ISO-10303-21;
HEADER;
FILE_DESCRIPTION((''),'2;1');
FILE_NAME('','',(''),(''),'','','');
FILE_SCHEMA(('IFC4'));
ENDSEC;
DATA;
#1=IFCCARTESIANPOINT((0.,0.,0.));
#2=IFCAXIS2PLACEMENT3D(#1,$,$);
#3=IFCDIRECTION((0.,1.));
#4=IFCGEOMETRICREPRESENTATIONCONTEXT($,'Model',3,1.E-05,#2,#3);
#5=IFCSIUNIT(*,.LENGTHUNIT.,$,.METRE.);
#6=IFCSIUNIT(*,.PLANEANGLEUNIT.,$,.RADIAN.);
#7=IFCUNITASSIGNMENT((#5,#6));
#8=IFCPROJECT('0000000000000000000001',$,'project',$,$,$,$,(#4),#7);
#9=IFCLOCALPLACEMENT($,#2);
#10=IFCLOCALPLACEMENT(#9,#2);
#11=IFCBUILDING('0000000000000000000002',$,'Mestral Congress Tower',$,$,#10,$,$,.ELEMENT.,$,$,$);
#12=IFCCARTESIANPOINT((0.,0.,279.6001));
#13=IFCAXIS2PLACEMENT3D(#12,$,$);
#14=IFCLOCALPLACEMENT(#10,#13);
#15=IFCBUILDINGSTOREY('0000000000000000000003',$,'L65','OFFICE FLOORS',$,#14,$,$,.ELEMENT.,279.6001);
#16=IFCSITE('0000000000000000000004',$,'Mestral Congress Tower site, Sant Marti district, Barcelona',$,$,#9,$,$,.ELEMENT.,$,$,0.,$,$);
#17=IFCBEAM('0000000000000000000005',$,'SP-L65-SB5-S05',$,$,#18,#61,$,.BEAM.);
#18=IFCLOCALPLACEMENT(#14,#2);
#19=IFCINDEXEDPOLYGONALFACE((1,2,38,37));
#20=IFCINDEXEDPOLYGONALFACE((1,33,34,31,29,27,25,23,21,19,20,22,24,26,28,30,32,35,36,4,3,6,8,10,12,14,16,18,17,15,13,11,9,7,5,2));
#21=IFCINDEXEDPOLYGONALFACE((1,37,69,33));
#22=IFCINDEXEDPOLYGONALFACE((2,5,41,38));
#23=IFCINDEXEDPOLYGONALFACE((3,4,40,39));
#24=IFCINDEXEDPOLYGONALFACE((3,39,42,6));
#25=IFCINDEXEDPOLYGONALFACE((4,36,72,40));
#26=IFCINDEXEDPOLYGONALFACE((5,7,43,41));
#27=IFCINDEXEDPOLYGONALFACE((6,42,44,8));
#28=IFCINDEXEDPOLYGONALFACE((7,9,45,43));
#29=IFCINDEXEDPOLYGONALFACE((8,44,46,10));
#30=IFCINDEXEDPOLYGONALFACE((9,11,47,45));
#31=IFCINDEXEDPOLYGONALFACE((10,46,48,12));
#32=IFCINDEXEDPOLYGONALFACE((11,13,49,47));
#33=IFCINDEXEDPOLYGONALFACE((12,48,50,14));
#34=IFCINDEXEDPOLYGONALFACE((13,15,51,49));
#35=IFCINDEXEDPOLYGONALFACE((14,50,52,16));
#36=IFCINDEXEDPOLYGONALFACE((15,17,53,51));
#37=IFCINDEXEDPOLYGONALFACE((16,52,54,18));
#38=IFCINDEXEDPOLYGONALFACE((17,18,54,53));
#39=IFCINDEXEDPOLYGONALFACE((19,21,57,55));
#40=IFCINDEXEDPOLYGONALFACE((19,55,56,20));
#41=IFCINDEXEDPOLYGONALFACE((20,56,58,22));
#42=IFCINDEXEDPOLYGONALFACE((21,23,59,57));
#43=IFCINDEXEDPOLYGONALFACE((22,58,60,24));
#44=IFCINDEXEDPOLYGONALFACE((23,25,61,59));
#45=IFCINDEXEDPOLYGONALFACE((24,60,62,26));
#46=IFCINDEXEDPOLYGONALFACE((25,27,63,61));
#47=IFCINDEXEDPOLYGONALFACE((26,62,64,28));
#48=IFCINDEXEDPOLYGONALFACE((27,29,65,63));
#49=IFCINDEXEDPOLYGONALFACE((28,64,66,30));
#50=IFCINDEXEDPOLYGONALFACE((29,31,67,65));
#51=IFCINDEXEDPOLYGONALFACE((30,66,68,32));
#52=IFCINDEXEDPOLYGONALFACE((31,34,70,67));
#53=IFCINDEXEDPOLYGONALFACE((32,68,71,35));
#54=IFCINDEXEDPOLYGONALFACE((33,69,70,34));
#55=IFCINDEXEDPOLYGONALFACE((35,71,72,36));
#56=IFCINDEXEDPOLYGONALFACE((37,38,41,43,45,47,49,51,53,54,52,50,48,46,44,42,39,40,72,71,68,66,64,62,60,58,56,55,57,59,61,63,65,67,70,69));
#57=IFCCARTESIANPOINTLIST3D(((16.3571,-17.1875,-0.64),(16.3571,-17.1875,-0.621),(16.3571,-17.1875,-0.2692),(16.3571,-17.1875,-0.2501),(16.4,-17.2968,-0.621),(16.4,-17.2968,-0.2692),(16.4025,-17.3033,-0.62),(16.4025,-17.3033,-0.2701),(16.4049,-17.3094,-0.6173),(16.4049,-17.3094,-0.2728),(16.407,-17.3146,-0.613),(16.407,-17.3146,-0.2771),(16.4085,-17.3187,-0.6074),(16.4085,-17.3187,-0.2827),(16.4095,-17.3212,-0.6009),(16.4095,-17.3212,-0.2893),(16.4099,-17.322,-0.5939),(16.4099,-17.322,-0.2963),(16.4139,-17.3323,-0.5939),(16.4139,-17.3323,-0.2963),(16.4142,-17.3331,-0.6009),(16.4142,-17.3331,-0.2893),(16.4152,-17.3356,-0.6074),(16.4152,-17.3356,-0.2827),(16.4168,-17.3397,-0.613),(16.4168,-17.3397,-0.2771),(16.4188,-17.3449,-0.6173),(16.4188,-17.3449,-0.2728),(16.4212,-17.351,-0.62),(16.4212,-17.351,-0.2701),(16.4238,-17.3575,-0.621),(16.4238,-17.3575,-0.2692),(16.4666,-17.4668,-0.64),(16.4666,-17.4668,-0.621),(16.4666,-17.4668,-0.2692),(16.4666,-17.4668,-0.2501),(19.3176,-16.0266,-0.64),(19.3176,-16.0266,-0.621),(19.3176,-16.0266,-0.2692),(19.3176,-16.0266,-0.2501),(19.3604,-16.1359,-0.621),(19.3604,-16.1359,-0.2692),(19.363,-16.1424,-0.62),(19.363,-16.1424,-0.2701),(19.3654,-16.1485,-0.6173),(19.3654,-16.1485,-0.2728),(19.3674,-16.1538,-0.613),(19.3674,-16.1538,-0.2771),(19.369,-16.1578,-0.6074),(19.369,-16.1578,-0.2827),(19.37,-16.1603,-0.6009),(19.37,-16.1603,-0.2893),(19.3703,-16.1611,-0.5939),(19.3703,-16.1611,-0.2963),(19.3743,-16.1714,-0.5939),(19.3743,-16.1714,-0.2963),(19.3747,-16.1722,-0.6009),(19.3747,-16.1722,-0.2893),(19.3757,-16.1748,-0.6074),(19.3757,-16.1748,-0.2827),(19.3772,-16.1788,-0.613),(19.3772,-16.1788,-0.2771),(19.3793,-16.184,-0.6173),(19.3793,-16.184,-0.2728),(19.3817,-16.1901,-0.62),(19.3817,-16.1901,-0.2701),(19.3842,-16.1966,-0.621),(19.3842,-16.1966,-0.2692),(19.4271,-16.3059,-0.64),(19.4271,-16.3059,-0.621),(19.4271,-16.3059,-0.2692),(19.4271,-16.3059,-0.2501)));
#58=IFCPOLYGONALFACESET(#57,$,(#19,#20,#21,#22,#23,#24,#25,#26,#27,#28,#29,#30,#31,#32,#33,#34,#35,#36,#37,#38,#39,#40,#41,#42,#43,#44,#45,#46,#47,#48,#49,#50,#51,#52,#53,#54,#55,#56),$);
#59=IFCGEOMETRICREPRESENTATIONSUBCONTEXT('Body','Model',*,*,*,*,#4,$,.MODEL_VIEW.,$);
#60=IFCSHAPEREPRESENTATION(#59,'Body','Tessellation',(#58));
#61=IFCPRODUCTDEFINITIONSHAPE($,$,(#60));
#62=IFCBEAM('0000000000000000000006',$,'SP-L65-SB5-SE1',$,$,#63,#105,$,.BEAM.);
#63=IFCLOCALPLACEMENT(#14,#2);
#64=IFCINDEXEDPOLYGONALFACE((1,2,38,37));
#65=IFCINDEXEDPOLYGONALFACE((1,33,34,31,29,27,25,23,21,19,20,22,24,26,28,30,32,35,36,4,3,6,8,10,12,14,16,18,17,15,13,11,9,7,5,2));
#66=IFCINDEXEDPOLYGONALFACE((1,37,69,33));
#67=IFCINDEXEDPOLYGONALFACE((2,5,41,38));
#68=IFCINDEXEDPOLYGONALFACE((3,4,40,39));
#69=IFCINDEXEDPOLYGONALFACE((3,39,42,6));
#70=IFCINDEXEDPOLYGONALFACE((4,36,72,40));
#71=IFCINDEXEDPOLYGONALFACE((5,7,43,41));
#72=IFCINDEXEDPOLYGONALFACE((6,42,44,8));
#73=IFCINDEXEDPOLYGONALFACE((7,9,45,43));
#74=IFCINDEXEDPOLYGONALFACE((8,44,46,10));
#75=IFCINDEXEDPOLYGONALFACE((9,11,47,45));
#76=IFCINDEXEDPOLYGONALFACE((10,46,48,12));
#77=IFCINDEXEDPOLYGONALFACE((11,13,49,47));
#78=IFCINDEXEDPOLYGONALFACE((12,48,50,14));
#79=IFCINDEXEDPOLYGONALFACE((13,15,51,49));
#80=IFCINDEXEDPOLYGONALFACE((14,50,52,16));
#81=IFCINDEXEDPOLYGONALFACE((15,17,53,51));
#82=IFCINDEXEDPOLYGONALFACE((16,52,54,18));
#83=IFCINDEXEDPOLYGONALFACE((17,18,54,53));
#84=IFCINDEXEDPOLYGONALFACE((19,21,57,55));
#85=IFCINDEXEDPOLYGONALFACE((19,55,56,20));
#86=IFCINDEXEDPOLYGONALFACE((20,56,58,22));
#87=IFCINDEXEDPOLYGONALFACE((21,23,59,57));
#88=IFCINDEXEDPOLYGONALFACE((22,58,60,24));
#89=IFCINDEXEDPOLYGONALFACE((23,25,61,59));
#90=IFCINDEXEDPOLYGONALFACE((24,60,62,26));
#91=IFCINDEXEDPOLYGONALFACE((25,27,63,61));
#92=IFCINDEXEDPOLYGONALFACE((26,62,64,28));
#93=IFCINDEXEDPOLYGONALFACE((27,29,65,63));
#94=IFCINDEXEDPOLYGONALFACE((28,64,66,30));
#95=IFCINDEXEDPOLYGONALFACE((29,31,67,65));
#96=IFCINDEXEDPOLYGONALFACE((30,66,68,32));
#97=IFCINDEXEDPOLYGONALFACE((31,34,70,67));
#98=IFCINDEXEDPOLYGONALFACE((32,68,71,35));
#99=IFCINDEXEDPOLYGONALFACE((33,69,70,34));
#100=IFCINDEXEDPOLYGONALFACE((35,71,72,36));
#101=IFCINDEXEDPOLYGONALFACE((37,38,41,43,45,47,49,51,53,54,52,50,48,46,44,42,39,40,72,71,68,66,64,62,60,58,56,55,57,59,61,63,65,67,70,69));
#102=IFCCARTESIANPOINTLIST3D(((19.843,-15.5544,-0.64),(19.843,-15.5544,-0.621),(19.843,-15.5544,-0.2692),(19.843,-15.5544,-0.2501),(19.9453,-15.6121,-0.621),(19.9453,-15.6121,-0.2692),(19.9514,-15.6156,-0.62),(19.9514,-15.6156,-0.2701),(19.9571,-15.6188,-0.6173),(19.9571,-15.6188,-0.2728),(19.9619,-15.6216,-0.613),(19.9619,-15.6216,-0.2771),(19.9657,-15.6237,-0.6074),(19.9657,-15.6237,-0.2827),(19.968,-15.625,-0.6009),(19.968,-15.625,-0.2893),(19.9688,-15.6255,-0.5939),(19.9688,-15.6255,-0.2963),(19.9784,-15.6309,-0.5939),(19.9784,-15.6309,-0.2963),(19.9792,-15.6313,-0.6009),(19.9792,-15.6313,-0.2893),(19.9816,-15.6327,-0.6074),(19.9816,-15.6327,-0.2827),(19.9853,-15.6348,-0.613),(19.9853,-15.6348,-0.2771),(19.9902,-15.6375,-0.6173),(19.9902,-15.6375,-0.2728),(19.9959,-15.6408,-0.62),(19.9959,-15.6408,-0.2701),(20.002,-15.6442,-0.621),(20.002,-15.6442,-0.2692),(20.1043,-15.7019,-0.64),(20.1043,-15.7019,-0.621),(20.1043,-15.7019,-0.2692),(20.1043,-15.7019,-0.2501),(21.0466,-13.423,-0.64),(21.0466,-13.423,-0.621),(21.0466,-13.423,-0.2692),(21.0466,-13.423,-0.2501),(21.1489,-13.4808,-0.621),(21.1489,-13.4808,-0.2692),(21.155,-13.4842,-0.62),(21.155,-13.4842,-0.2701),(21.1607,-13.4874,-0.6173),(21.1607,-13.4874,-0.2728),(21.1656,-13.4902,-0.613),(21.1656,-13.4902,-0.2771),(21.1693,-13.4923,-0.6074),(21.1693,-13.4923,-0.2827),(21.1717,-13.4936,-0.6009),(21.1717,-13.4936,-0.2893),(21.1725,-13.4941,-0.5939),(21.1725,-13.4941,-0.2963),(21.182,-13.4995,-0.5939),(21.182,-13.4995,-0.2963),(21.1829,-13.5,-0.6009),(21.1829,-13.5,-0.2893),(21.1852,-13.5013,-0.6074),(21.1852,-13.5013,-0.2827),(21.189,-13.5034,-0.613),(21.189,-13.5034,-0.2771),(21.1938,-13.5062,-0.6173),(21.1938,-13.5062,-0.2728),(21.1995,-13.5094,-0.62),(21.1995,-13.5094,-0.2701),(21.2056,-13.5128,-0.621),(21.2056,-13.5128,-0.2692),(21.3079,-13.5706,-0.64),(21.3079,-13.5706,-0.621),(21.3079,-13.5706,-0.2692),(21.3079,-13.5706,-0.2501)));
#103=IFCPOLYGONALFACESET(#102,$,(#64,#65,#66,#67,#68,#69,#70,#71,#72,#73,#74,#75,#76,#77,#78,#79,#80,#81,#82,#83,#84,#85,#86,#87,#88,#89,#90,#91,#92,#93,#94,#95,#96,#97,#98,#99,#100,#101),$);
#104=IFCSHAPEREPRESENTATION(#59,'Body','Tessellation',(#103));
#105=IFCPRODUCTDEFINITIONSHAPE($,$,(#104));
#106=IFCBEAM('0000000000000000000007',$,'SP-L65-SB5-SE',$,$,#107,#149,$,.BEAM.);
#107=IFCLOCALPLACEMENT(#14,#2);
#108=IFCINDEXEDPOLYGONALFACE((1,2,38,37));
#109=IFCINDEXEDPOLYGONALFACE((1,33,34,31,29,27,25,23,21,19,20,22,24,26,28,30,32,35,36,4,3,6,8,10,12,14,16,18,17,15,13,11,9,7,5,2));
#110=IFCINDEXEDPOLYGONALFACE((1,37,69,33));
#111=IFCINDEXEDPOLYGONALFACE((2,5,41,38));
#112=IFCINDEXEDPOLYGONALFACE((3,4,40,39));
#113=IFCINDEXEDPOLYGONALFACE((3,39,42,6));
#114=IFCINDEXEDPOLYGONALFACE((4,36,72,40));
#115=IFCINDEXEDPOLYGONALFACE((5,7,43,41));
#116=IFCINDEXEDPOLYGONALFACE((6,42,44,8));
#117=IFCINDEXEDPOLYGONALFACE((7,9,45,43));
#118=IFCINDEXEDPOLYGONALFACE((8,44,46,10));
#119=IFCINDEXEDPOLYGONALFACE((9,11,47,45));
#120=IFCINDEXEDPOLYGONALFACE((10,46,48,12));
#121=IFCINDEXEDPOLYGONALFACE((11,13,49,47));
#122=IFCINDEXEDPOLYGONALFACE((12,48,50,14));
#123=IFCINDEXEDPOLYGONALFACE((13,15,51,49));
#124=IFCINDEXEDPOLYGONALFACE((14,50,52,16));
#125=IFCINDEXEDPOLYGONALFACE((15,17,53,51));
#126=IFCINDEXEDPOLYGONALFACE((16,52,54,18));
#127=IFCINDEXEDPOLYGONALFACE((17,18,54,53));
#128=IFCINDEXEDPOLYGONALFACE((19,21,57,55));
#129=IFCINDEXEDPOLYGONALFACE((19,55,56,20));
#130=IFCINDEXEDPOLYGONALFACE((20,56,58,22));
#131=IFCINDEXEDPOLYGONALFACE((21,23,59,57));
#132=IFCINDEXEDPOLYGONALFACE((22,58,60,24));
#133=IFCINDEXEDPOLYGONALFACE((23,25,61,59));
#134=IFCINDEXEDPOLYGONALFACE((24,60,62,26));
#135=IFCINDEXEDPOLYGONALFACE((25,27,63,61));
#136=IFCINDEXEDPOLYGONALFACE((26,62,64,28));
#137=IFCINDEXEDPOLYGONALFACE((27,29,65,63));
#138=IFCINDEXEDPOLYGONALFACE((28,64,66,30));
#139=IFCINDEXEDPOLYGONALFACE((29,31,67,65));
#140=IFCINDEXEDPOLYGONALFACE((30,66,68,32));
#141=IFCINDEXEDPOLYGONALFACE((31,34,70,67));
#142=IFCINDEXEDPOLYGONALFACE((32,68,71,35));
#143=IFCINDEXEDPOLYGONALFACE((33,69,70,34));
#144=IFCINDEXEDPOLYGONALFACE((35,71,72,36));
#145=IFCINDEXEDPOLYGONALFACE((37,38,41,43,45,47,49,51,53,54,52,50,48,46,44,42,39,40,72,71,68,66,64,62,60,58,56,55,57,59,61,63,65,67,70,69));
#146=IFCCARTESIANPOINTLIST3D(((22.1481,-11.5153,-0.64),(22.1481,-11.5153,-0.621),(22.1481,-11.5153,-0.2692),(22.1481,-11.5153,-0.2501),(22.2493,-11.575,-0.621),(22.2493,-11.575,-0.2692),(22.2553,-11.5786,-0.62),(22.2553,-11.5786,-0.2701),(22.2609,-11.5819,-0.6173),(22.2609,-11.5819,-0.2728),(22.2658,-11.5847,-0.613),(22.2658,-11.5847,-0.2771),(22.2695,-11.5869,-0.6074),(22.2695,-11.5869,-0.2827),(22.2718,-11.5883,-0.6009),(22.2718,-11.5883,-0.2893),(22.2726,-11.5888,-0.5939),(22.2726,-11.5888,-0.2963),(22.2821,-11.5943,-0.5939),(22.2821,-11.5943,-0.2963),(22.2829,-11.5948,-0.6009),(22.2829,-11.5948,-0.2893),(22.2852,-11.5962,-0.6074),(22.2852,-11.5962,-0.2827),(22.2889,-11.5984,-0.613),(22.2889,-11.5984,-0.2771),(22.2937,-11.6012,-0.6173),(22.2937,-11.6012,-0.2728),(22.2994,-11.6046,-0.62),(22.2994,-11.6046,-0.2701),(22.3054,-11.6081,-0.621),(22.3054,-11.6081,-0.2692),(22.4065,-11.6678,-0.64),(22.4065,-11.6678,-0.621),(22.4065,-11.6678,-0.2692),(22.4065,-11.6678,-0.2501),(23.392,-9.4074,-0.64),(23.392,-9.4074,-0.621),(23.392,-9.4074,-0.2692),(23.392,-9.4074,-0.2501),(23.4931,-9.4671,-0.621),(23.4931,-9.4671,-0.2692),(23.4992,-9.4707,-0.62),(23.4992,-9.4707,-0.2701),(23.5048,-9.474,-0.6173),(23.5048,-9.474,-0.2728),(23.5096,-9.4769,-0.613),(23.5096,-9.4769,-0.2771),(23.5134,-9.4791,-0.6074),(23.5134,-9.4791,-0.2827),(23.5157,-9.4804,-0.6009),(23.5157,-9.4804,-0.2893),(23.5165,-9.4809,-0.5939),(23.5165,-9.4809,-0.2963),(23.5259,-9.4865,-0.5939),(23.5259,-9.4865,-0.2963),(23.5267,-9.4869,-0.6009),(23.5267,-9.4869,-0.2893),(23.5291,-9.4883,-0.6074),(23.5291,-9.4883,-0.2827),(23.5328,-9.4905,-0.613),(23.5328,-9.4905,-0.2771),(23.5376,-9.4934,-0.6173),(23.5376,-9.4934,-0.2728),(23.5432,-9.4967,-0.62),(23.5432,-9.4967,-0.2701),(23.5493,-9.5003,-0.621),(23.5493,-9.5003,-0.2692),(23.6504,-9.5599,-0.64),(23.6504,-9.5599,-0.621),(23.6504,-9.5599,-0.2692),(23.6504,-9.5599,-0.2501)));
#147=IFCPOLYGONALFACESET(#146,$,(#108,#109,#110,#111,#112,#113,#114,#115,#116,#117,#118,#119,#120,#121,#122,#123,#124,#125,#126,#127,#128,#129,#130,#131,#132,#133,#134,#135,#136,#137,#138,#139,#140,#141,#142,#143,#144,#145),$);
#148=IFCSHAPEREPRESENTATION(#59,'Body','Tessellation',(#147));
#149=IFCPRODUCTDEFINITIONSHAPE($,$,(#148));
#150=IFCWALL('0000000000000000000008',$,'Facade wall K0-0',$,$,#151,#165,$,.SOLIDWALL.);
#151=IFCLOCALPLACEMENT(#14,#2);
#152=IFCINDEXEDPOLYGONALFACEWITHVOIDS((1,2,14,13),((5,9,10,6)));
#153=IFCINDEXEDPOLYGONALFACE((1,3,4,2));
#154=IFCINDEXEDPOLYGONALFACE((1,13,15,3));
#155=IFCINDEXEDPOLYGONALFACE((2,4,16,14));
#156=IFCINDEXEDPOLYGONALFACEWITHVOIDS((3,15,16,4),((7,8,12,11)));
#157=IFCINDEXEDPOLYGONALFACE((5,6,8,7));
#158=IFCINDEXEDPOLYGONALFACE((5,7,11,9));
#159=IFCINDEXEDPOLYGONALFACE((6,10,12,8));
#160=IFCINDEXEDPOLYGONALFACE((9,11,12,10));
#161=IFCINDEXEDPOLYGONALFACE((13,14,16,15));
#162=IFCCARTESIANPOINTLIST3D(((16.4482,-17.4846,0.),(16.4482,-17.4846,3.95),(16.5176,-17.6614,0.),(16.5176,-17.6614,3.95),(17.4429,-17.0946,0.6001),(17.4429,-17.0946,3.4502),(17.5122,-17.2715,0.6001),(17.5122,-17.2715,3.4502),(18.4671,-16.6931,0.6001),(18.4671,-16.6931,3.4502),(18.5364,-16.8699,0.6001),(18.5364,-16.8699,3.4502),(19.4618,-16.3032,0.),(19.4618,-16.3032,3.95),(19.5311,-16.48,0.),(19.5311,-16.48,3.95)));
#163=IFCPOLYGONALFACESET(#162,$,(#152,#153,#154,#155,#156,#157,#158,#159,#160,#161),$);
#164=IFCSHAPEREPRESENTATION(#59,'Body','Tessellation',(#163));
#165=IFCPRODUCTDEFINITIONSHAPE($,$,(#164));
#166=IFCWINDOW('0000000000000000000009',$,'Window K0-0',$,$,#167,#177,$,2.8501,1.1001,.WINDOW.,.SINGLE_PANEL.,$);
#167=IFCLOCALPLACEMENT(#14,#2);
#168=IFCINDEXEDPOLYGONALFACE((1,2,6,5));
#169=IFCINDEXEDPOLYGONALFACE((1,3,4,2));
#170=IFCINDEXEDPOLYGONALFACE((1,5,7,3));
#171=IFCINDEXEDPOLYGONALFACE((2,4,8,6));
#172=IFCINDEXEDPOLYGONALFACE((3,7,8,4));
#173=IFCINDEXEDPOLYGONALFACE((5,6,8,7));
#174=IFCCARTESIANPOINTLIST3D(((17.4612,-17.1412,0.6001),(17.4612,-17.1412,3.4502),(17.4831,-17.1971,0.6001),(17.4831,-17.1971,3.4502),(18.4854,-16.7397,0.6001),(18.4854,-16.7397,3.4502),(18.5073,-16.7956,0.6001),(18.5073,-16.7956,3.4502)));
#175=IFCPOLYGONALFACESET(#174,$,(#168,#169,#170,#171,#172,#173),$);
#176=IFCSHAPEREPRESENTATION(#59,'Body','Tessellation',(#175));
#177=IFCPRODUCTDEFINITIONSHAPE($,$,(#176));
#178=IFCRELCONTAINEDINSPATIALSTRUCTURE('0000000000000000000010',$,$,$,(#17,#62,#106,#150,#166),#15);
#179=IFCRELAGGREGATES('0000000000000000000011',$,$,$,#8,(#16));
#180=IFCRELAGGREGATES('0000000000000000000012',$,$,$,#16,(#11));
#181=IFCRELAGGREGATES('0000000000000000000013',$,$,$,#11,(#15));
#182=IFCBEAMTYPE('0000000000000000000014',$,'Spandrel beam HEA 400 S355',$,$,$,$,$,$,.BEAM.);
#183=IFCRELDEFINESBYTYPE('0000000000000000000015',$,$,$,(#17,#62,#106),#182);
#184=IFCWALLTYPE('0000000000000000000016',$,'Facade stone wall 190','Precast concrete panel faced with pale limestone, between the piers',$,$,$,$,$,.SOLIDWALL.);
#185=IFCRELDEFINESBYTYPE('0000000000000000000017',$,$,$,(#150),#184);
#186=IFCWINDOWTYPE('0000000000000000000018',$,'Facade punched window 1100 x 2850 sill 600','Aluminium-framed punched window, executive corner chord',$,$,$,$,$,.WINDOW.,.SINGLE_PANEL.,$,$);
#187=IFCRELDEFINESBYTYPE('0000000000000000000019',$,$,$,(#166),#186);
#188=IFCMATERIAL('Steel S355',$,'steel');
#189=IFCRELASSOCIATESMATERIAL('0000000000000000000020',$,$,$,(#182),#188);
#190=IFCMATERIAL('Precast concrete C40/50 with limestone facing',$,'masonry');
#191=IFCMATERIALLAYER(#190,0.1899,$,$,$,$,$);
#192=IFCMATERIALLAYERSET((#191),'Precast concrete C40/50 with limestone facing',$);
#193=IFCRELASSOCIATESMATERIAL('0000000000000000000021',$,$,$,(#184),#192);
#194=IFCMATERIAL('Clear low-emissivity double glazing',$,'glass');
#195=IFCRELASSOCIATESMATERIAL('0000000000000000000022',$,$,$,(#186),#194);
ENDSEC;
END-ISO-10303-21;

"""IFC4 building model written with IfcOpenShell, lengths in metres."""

from ifc_helpers import new_model, si_unit, direction, frame, frame_2d, origin, origin_2d, place, context, subcontext, project, spatial, rectangle, i_section, extrude, material, layer, layer_set, material_profile, profile_set, type_object, element, fill, save


model = new_model("IFC4")

# Units and contexts
model_context = context("Model", 3, precision=1e-05, world=origin(), true_north=direction((0.0, 1.0)))
body_context = subcontext(model_context, "Body", "Model", "MODEL_VIEW")
ifc_project = project(units=[si_unit("LENGTHUNIT", "METRE"), si_unit("PLANEANGLEUNIT", "RADIAN")], contexts=[model_context])

# Site, building, storey
site_placement = place(None, origin())
site = spatial("IfcSite", under=ifc_project, at=site_placement, Name="Mestral Congress Tower site, Sant Marti district, Barcelona", CompositionType="ELEMENT", RefElevation=0.0)
building_placement = place(site_placement, origin())
building = spatial("IfcBuilding", under=site, at=building_placement, Name="Mestral Congress Tower", CompositionType="ELEMENT")
storey_placement = place(building_placement, frame((0.0, 0.0, 279.6001)))
storey = spatial("IfcBuildingStorey", under=building, at=storey_placement, Name="L65", Description="OFFICE FLOORS", CompositionType="ELEMENT", Elevation=279.6001)

# Beams
ifc_material_1 = material(Name="Steel S355", Category="steel")
ifc_material_profile_1 = material_profile(ifc_material_1, i_section(OverallWidth=0.3, OverallDepth=0.3899, WebThickness=0.011, FlangeThickness=0.019, FilletRadius=0.0271, at=origin_2d()), Name="HEA 400")
ifc_profile_set_1 = profile_set([ifc_material_profile_1], Name="Steel S355")
beam_type_1 = type_object("IfcBeamType", Name="Spandrel beam HEA 400 S355", PredefinedType="BEAM", material=ifc_profile_set_1)
beam_1_placement = place(storey_placement, frame((16.4119, -17.3271, -0.4451), z_axis=(0.930981, 0.365068, 0.0), x_axis=(-0.365068, 0.930981, 0.0)))
element("IfcBeam", 1, at=beam_1_placement, inside=storey, type_object=beam_type_1, Name="SP-L65-SB5-S05", PredefinedType="BEAM", context=body_context, shape_type="SweptSolid", body=[
    extrude(i_section(OverallWidth=0.3, OverallDepth=0.3899, WebThickness=0.011, FlangeThickness=0.019, FilletRadius=0.0271, at=origin_2d()), origin(), (0.0, 0.0, 1.0), 3.1799),
])
beam_2_placement = place(storey_placement, frame((19.9736, -15.6282, -0.4451), z_axis=(0.491729, 0.870749, 0.0), x_axis=(-0.870749, 0.491729, 0.0)))
element("IfcBeam", 2, at=beam_2_placement, inside=storey, type_object=beam_type_1, Name="SP-L65-SB5-SE1", PredefinedType="BEAM", context=body_context, shape_type="SweptSolid", body=[
    extrude(i_section(OverallWidth=0.3, OverallDepth=0.3899, WebThickness=0.011, FlangeThickness=0.019, FilletRadius=0.0271, at=origin_2d()), origin(), (0.0, 0.0, 1.0), 2.4478),
])
beam_3_placement = place(storey_placement, frame((22.2773, -11.5916, -0.4451), z_axis=(0.508218, 0.861228, 0.0), x_axis=(-0.861228, 0.508218, 0.0)))
element("IfcBeam", 3, at=beam_3_placement, inside=storey, type_object=beam_type_1, Name="SP-L65-SB5-SE", PredefinedType="BEAM", context=body_context, shape_type="SweptSolid", body=[
    extrude(i_section(OverallWidth=0.3, OverallDepth=0.3899, WebThickness=0.011, FlangeThickness=0.019, FilletRadius=0.0271, at=origin_2d()), origin(), (0.0, 0.0, 1.0), 2.4475),
])

# Wall, opening, window
ifc_material_2 = material(Name="Precast concrete C40/50 with limestone facing", Category="masonry")
ifc_layer_1 = layer(ifc_material_2, 0.1899)
ifc_layer_set_1 = layer_set([ifc_layer_1], Name="Precast concrete C40/50 with limestone facing")
wall_type_1 = type_object("IfcWallType", Name="Facade stone wall 190", Description="Precast concrete panel faced with pale limestone, between the piers", PredefinedType="SOLIDWALL", material=ifc_layer_set_1)
wall_1_placement = place(storey_placement, frame((16.4829, -17.573, 0.0), z_axis=(0.0, 0.0, 1.0), x_axis=(0.931009, 0.364997, 0.0)))
wall_1 = element("IfcWall", 4, at=wall_1_placement, inside=storey, type_object=wall_type_1, Name="Facade wall K0-0", PredefinedType="SOLIDWALL", context=body_context, shape_type="SweptSolid", body=[
    extrude(rectangle(XDim=3.2368, YDim=0.1899, at=frame_2d((1.6184, 0.0))), origin(), (0.0, 0.0, 1.0), 3.95),
])
opening_1_placement = place(wall_1_placement, frame((1.0684, 0.0, 0.6001)))
opening_1 = element("IfcOpeningElement", 5, at=opening_1_placement, cuts=wall_1, PredefinedType="OPENING", context=body_context, shape_type="SweptSolid", body=[
    extrude(rectangle(XDim=1.1001, YDim=2.8501, at=frame_2d((0.55, 1.425))), frame((0.0, 0.105, 0.0), z_axis=(0.0, -1.0, 0.0), x_axis=(1.0, 0.0, 0.0)), (0.0, 0.0, 1.0), 0.21),
])
ifc_material_3 = material(Name="Clear low-emissivity double glazing", Category="glass")
window_type = type_object("IfcWindowType", Name="Facade punched window 1100 x 2850 sill 600", Description="Aluminium-framed punched window, executive corner chord", PartitioningType="SINGLE_PANEL", PredefinedType="WINDOW", material=ifc_material_3)
window_1_placement = place(opening_1_placement, origin())
window_1 = element("IfcWindow", 6, at=window_1_placement, inside=storey, type_object=window_type, Name="Window K0-0", OverallHeight=2.8501, OverallWidth=1.1001, PartitioningType="SINGLE_PANEL", PredefinedType="WINDOW", context=body_context, shape_type="SweptSolid", body=[
    extrude(rectangle(XDim=1.1001, YDim=2.8501, at=frame_2d((0.55, 1.425))), frame((0.0, 0.0449, 0.0), z_axis=(0.0, -1.0, 0.0), x_axis=(1.0, 0.0, 0.0)), (0.0, 0.0, 1.0), 0.0601),
])
fill(opening_1, window_1)

save(model, "model.ifc")
